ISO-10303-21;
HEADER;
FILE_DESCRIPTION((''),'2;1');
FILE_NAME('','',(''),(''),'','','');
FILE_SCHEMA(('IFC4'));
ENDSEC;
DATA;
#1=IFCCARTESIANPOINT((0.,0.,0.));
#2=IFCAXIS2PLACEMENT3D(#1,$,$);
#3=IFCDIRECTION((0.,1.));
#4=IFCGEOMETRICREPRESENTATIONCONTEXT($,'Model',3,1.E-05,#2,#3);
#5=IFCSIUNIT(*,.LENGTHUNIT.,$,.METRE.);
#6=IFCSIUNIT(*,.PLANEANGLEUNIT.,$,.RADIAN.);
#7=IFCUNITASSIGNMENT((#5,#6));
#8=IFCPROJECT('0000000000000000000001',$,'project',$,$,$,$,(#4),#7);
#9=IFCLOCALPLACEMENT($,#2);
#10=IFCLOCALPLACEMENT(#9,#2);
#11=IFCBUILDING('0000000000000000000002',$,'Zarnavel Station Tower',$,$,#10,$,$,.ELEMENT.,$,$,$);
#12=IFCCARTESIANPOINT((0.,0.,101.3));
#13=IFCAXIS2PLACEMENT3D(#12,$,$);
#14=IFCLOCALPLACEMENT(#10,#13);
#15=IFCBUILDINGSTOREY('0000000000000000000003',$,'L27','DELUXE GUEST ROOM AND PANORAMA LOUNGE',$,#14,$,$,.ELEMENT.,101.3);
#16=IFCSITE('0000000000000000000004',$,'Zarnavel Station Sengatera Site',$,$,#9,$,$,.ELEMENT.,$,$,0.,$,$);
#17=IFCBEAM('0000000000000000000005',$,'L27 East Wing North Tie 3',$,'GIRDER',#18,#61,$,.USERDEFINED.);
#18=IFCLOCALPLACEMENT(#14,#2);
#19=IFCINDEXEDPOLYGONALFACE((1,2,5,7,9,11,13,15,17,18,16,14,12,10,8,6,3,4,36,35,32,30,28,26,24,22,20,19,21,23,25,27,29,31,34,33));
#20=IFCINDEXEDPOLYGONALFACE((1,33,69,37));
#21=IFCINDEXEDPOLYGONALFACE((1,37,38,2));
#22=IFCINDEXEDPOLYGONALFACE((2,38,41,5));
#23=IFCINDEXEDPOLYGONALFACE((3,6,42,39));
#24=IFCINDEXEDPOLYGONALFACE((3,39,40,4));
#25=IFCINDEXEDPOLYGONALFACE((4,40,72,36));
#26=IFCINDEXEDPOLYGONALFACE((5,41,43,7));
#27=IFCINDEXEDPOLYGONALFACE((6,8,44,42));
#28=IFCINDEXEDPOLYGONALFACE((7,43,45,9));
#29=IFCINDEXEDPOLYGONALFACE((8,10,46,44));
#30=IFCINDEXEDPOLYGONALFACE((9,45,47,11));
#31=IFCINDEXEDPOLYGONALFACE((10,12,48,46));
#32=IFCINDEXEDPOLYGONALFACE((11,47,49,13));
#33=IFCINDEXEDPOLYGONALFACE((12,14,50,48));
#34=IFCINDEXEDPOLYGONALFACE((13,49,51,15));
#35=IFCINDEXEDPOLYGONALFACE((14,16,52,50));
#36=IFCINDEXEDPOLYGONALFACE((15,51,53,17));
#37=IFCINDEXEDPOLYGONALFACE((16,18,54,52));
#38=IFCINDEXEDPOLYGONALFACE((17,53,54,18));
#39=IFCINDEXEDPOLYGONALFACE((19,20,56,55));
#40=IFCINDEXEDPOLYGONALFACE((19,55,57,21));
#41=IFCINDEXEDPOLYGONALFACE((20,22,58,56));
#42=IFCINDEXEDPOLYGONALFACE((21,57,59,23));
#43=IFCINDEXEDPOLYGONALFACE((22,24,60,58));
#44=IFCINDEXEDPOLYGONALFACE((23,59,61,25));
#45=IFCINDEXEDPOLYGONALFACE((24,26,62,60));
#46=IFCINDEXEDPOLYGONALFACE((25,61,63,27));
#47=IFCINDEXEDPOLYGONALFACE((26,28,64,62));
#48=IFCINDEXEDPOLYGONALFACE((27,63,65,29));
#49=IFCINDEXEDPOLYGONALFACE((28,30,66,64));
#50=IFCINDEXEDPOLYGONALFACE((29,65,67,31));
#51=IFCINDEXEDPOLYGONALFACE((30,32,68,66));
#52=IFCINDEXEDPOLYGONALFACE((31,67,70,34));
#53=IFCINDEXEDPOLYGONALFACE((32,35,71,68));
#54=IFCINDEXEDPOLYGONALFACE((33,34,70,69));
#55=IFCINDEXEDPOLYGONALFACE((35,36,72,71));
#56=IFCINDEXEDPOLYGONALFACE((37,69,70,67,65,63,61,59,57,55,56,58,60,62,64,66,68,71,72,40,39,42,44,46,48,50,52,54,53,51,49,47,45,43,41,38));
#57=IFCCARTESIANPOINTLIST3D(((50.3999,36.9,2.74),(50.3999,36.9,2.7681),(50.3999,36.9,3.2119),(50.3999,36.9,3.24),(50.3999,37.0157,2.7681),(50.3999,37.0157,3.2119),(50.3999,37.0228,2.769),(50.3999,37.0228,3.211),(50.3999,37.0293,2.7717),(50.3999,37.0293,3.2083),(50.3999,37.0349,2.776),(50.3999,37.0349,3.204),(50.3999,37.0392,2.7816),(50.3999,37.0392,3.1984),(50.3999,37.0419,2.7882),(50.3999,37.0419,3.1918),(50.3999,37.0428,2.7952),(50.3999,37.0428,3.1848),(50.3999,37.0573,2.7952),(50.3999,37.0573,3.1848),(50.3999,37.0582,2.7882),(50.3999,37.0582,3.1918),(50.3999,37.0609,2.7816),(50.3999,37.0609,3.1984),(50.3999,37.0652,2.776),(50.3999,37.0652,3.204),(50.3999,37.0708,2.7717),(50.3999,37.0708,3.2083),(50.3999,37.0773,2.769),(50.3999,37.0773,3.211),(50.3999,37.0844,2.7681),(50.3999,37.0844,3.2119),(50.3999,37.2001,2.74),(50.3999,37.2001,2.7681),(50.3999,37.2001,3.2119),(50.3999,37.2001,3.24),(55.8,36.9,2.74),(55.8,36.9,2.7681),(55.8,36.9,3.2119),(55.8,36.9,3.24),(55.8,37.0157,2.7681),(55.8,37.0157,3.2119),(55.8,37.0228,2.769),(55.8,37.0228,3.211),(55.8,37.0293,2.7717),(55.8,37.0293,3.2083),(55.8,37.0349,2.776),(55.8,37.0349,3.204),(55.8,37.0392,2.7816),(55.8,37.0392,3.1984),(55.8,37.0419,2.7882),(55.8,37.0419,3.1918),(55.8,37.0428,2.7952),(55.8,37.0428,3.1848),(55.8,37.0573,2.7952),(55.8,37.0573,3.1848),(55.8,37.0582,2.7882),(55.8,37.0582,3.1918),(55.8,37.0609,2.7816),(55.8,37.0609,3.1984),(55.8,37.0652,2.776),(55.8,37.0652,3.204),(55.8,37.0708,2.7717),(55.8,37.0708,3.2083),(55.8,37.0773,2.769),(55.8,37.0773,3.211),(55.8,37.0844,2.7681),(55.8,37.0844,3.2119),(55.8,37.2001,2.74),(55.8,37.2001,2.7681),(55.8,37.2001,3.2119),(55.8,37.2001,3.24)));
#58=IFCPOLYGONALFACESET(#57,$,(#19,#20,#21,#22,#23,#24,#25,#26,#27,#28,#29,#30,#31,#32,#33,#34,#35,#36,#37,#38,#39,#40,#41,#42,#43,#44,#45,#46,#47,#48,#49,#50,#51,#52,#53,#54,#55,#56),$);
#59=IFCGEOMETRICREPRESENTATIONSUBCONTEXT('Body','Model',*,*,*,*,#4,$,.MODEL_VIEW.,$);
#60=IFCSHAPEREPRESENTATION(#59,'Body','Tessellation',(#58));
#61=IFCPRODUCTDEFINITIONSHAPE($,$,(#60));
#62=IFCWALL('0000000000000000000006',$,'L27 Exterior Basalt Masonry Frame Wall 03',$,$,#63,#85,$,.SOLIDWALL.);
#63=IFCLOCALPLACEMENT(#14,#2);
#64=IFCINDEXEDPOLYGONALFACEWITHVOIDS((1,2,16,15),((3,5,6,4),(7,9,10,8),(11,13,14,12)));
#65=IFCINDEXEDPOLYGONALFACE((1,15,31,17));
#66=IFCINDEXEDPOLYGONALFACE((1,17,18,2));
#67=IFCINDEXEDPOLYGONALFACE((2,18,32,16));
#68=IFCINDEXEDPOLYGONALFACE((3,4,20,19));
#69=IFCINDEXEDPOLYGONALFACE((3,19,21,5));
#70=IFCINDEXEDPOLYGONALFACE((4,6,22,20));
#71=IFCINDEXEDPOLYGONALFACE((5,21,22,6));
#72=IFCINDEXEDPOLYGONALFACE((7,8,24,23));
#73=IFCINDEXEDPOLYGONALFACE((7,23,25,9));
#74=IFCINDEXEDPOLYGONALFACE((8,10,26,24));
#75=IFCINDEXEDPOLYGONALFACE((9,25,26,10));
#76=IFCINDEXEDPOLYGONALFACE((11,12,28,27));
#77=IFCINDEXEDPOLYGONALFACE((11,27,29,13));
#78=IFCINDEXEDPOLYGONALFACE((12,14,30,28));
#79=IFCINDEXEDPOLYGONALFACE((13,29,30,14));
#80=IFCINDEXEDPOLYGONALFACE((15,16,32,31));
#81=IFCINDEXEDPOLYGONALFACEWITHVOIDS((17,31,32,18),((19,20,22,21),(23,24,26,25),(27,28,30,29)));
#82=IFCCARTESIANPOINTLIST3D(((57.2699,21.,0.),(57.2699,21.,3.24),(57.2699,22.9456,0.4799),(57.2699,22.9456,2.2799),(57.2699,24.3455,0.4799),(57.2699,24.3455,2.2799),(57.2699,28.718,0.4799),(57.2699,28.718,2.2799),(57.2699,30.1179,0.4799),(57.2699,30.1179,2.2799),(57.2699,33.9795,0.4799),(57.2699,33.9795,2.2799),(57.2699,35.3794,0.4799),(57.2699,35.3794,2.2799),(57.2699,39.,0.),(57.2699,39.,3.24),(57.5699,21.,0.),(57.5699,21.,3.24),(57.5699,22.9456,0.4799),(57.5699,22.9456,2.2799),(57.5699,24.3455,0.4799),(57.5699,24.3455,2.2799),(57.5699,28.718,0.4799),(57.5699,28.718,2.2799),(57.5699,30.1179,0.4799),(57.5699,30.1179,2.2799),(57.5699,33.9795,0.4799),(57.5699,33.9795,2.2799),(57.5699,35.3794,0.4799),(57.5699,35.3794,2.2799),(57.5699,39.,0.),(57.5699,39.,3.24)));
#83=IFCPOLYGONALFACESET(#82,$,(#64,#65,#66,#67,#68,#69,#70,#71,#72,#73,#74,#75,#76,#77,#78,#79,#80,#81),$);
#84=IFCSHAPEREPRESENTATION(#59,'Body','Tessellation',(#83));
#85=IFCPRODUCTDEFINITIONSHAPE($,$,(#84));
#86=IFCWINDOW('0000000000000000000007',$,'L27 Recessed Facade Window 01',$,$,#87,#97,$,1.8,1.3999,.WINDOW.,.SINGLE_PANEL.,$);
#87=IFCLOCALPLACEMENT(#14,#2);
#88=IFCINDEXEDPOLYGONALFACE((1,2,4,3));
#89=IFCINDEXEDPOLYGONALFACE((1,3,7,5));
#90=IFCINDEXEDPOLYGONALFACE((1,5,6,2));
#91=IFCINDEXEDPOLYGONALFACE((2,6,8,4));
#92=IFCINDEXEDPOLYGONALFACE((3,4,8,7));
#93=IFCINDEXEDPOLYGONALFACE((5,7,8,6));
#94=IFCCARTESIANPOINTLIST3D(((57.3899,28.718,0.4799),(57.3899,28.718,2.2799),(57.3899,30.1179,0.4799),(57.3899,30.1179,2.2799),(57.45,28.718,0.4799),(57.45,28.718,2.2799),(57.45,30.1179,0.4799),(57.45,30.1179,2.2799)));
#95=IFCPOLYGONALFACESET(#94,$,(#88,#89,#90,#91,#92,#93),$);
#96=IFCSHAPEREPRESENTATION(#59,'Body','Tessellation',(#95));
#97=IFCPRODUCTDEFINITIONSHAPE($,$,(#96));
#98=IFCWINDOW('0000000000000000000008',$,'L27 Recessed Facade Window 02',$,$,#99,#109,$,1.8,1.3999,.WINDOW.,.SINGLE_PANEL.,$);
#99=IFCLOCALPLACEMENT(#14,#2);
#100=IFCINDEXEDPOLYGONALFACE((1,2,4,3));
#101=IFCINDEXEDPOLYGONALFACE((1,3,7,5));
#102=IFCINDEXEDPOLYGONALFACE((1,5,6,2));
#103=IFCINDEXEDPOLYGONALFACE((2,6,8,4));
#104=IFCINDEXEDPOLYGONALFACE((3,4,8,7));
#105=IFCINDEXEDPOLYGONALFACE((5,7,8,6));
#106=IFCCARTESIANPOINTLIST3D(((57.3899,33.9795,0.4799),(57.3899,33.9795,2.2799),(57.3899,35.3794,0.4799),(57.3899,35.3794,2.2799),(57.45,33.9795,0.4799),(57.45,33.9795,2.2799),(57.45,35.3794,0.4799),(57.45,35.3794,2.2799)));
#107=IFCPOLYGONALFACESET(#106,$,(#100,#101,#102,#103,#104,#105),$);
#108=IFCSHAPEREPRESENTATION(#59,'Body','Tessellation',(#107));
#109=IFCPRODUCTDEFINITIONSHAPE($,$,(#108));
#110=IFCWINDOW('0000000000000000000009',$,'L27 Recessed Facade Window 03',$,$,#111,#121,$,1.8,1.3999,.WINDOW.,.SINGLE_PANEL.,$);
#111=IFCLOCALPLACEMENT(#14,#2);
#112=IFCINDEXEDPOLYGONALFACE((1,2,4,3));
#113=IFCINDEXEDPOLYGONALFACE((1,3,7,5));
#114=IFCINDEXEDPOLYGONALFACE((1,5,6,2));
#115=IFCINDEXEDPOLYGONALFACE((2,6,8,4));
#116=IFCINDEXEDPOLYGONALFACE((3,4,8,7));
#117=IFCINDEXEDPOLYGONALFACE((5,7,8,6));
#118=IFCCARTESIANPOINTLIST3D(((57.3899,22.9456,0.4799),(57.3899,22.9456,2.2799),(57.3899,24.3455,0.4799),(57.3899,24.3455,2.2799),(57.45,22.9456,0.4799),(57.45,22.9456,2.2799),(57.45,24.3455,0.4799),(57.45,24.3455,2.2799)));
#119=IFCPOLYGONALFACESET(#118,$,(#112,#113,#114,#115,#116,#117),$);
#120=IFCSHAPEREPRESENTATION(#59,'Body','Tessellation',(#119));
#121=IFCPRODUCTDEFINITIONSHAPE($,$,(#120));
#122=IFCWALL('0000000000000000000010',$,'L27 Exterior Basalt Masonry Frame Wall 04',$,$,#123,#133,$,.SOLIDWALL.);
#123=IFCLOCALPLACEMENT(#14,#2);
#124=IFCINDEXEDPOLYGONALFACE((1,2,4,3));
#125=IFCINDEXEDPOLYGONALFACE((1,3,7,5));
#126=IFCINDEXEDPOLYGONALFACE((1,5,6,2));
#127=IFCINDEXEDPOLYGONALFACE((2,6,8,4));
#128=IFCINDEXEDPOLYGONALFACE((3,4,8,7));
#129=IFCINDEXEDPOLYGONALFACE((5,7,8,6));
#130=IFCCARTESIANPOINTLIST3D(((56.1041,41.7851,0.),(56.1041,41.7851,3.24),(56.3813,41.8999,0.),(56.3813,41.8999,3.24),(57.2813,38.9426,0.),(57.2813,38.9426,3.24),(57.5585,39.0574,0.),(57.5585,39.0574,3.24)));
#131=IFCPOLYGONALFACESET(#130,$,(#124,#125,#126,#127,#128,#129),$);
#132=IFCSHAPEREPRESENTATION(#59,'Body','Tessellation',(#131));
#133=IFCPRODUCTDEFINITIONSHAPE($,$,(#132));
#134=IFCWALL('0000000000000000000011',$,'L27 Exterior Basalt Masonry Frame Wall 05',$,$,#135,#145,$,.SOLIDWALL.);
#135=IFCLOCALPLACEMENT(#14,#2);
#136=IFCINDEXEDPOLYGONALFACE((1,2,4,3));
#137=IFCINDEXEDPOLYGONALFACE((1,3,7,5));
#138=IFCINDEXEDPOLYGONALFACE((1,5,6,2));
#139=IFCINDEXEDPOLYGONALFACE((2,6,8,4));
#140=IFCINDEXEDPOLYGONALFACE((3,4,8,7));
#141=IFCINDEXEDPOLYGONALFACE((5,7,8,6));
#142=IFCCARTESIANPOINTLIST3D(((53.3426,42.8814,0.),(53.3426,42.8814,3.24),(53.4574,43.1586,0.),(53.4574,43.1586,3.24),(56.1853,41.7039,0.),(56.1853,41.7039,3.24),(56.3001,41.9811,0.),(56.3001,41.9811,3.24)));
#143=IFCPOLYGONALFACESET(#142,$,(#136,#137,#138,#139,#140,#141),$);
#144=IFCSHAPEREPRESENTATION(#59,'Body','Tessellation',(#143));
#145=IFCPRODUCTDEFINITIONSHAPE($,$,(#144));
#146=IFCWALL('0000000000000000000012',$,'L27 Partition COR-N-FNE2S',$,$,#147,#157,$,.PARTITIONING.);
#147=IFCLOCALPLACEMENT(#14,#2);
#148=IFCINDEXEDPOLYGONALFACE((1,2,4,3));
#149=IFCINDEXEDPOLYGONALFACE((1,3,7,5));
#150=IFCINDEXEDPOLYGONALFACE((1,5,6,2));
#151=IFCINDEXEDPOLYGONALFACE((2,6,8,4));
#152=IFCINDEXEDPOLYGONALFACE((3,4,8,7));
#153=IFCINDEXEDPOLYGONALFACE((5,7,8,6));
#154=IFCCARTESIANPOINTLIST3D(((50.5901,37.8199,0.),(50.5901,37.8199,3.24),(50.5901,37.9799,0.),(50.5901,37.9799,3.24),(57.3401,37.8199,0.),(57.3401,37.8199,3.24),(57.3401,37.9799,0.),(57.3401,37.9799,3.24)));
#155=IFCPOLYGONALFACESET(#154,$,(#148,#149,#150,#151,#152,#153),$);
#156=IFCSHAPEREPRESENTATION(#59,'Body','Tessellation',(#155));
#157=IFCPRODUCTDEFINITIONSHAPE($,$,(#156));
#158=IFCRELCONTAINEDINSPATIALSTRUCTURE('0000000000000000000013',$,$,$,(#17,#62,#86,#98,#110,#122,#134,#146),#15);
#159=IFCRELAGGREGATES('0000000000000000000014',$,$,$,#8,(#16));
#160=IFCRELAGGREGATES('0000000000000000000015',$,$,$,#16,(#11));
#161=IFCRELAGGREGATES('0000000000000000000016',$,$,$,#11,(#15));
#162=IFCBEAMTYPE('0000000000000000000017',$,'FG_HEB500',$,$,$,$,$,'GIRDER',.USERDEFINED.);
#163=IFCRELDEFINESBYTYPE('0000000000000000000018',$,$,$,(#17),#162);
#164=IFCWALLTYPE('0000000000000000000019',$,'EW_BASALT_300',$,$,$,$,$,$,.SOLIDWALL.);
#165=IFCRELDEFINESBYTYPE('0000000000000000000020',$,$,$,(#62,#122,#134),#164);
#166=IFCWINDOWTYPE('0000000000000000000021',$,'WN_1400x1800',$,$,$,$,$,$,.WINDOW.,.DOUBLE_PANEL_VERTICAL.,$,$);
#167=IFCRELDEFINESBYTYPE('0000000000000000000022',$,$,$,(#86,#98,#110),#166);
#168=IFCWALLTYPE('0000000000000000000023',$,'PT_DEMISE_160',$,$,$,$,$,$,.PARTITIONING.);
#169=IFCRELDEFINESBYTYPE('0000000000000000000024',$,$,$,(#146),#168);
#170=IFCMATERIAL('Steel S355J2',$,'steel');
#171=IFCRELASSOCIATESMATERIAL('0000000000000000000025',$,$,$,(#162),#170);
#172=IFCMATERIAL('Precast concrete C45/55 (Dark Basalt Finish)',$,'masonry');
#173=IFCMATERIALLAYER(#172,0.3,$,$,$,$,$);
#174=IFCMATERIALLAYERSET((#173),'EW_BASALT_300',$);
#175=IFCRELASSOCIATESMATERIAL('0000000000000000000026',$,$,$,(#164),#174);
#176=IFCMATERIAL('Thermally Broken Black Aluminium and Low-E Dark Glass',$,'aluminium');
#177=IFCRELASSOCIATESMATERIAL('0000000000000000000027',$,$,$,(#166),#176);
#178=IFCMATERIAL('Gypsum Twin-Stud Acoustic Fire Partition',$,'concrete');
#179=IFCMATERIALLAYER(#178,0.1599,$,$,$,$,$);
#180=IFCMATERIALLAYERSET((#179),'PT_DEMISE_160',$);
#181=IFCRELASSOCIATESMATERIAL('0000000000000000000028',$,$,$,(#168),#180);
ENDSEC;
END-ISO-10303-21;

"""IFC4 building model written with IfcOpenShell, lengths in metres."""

from ifc_helpers import new_model, si_unit, direction, frame, frame_2d, origin, origin_2d, place, context, subcontext, project, spatial, rectangle, i_section, extrude, material, layer, layer_set, material_profile, profile_set, type_object, element, fill, save


model = new_model("IFC4")

# Units and contexts
model_context = context("Model", 3, precision=1e-05, world=origin(), true_north=direction((0.0, 1.0)))
body_context = subcontext(model_context, "Body", "Model", "MODEL_VIEW")
ifc_project = project(units=[si_unit("LENGTHUNIT", "METRE"), si_unit("PLANEANGLEUNIT", "RADIAN")], contexts=[model_context])

# Site, building, storey
site_placement = place(None, origin())
site = spatial("IfcSite", under=ifc_project, at=site_placement, Name="Zarnavel Station Sengatera Site", CompositionType="ELEMENT", RefElevation=0.0)
building_placement = place(site_placement, origin())
building = spatial("IfcBuilding", under=site, at=building_placement, Name="Zarnavel Station Tower", CompositionType="ELEMENT")
storey_placement = place(building_placement, frame((0.0, 0.0, 101.3)))
storey = spatial("IfcBuildingStorey", under=building, at=storey_placement, Name="L27", Description="DELUXE GUEST ROOM AND PANORAMA LOUNGE", CompositionType="ELEMENT", Elevation=101.3)

# Beam
ifc_material_1 = material(Name="Steel S355J2", Category="steel")
ifc_material_profile_1 = material_profile(ifc_material_1, i_section(OverallWidth=0.3, OverallDepth=0.5, WebThickness=0.0144, FlangeThickness=0.0281, FilletRadius=0.0271, at=origin_2d()), Name="HEB500")
ifc_profile_set_1 = profile_set([ifc_material_profile_1], Name="Steel S355J2")
beam_type = type_object("IfcBeamType", Name="FG_HEB500", ElementType="GIRDER", PredefinedType="USERDEFINED", material=ifc_profile_set_1)
beam_1_placement = place(storey_placement, frame((50.3999, 37.05, 2.99), z_axis=(1.0, 0.0, 0.0), x_axis=(0.0, 1.0, 0.0)))
element("IfcBeam", 1, at=beam_1_placement, inside=storey, type_object=beam_type, Name="L27 East Wing North Tie 3", ObjectType="GIRDER", PredefinedType="USERDEFINED", context=body_context, shape_type="SweptSolid", body=[
    extrude(i_section(OverallWidth=0.3, OverallDepth=0.5, WebThickness=0.0144, FlangeThickness=0.0281, FilletRadius=0.0271, at=origin_2d()), origin(), (0.0, 0.0, 1.0), 5.4001),
])

# Wall, openings, windows
ifc_material_2 = material(Name="Precast concrete C45/55 (Dark Basalt Finish)", Category="masonry")
ifc_layer_1 = layer(ifc_material_2, 0.3)
ifc_layer_set_1 = layer_set([ifc_layer_1], Name="EW_BASALT_300")
wall_type_1 = type_object("IfcWallType", Name="EW_BASALT_300", PredefinedType="SOLIDWALL", material=ifc_layer_set_1)
wall_1_placement = place(storey_placement, frame((57.4199, 39.0, 0.0), z_axis=(0.0, 0.0, 1.0), x_axis=(0.0, -1.0, 0.0)))
wall_1 = element("IfcWall", 2, at=wall_1_placement, inside=storey, type_object=wall_type_1, Name="L27 Exterior Basalt Masonry Frame Wall 03", PredefinedType="SOLIDWALL", context=body_context, shape_type="SweptSolid", body=[
    extrude(rectangle(XDim=18.0, YDim=0.3, at=frame_2d((9.0, 0.0))), origin(), (0.0, 0.0, 1.0), 3.24),
])
opening_1_placement = place(wall_1_placement, frame((8.8821, 0.0, 0.48)))
opening_1 = element("IfcOpeningElement", 3, at=opening_1_placement, cuts=wall_1, PredefinedType="OPENING", context=body_context, shape_type="SweptSolid", body=[
    extrude(rectangle(XDim=1.3999, YDim=1.8, at=frame_2d((0.7, 0.8999))), frame((0.0, 0.1599, 0.0), z_axis=(0.0, -1.0, 0.0), x_axis=(1.0, 0.0, 0.0)), (0.0, 0.0, 1.0), 0.3201),
])
opening_2_placement = place(wall_1_placement, frame((3.6206, 0.0, 0.48)))
opening_2 = element("IfcOpeningElement", 4, at=opening_2_placement, cuts=wall_1, PredefinedType="OPENING", context=body_context, shape_type="SweptSolid", body=[
    extrude(rectangle(XDim=1.3999, YDim=1.8, at=frame_2d((0.7, 0.8999))), frame((0.0, 0.1599, 0.0), z_axis=(0.0, -1.0, 0.0), x_axis=(1.0, 0.0, 0.0)), (0.0, 0.0, 1.0), 0.3201),
])
opening_3_placement = place(wall_1_placement, frame((14.6545, 0.0, 0.48)))
opening_3 = element("IfcOpeningElement", 5, at=opening_3_placement, cuts=wall_1, PredefinedType="OPENING", context=body_context, shape_type="SweptSolid", body=[
    extrude(rectangle(XDim=1.3999, YDim=1.8, at=frame_2d((0.7, 0.8999))), frame((0.0, 0.1599, 0.0), z_axis=(0.0, -1.0, 0.0), x_axis=(1.0, 0.0, 0.0)), (0.0, 0.0, 1.0), 0.3201),
])
ifc_material_3 = material(Name="Thermally Broken Black Aluminium and Low-E Dark Glass", Category="aluminium")
window_type = type_object("IfcWindowType", Name="WN_1400x1800", PartitioningType="DOUBLE_PANEL_VERTICAL", PredefinedType="WINDOW", material=ifc_material_3)
window_1_placement = place(opening_1_placement, origin())
window_1 = element("IfcWindow", 6, at=window_1_placement, inside=storey, type_object=window_type, Name="L27 Recessed Facade Window 01", OverallHeight=1.8, OverallWidth=1.3999, PartitioningType="SINGLE_PANEL", PredefinedType="WINDOW", context=body_context, shape_type="SweptSolid", body=[
    extrude(rectangle(XDim=1.3999, YDim=1.8, at=frame_2d((0.7, 0.8999))), frame((0.0, 0.03, 0.0), z_axis=(0.0, -1.0, 0.0), x_axis=(1.0, 0.0, 0.0)), (0.0, 0.0, 1.0), 0.0601),
])
fill(opening_1, window_1)
window_2_placement = place(opening_2_placement, origin())
window_2 = element("IfcWindow", 7, at=window_2_placement, inside=storey, type_object=window_type, Name="L27 Recessed Facade Window 02", OverallHeight=1.8, OverallWidth=1.3999, PartitioningType="SINGLE_PANEL", PredefinedType="WINDOW", context=body_context, shape_type="SweptSolid", body=[
    extrude(rectangle(XDim=1.3999, YDim=1.8, at=frame_2d((0.7, 0.8999))), frame((0.0, 0.03, 0.0), z_axis=(0.0, -1.0, 0.0), x_axis=(1.0, 0.0, 0.0)), (0.0, 0.0, 1.0), 0.0601),
])
fill(opening_2, window_2)
window_3_placement = place(opening_3_placement, origin())
window_3 = element("IfcWindow", 8, at=window_3_placement, inside=storey, type_object=window_type, Name="L27 Recessed Facade Window 03", OverallHeight=1.8, OverallWidth=1.3999, PartitioningType="SINGLE_PANEL", PredefinedType="WINDOW", context=body_context, shape_type="SweptSolid", body=[
    extrude(rectangle(XDim=1.3999, YDim=1.8, at=frame_2d((0.7, 0.8999))), frame((0.0, 0.03, 0.0), z_axis=(0.0, -1.0, 0.0), x_axis=(1.0, 0.0, 0.0)), (0.0, 0.0, 1.0), 0.0601),
])
fill(opening_3, window_3)

# Walls
wall_2_placement = place(storey_placement, frame((56.2427, 41.8425, 0.0), z_axis=(0.0, 0.0, 1.0), x_axis=(0.382637, -0.923899, 0.0)))
element("IfcWall", 9, at=wall_2_placement, inside=storey, type_object=wall_type_1, Name="L27 Exterior Basalt Masonry Frame Wall 04", PredefinedType="SOLIDWALL", context=body_context, shape_type="SweptSolid", body=[
    extrude(rectangle(XDim=3.0767, YDim=0.3, at=frame_2d((1.5383, 0.0))), origin(), (0.0, 0.0, 1.0), 3.24),
])
wall_3_placement = place(storey_placement, frame((53.3999, 43.02, 0.0), z_axis=(0.0, 0.0, 1.0), x_axis=(0.923882, -0.382676, 0.0)))
element("IfcWall", 10, at=wall_3_placement, inside=storey, type_object=wall_type_1, Name="L27 Exterior Basalt Masonry Frame Wall 05", PredefinedType="SOLIDWALL", context=body_context, shape_type="SweptSolid", body=[
    extrude(rectangle(XDim=3.0769, YDim=0.3, at=frame_2d((1.5386, 0.0))), origin(), (0.0, 0.0, 1.0), 3.24),
])
ifc_material_4 = material(Name="Gypsum Twin-Stud Acoustic Fire Partition", Category="concrete")
ifc_layer_2 = layer(ifc_material_4, 0.1599)
ifc_layer_set_2 = layer_set([ifc_layer_2], Name="PT_DEMISE_160")
wall_type_2 = type_object("IfcWallType", Name="PT_DEMISE_160", PredefinedType="PARTITIONING", material=ifc_layer_set_2)
wall_4_placement = place(storey_placement, frame((50.5901, 37.8999, 0.0), z_axis=(0.0, 0.0, 1.0), x_axis=(1.0, 0.0, 0.0)))
element("IfcWall", 11, at=wall_4_placement, inside=storey, type_object=wall_type_2, Name="L27 Partition COR-N-FNE2S", PredefinedType="PARTITIONING", context=body_context, shape_type="SweptSolid", body=[
    extrude(rectangle(XDim=6.75, YDim=0.1599, at=frame_2d((3.375, 0.0))), origin(), (0.0, 0.0, 1.0), 3.24),
])

save(model, "model.ifc")
